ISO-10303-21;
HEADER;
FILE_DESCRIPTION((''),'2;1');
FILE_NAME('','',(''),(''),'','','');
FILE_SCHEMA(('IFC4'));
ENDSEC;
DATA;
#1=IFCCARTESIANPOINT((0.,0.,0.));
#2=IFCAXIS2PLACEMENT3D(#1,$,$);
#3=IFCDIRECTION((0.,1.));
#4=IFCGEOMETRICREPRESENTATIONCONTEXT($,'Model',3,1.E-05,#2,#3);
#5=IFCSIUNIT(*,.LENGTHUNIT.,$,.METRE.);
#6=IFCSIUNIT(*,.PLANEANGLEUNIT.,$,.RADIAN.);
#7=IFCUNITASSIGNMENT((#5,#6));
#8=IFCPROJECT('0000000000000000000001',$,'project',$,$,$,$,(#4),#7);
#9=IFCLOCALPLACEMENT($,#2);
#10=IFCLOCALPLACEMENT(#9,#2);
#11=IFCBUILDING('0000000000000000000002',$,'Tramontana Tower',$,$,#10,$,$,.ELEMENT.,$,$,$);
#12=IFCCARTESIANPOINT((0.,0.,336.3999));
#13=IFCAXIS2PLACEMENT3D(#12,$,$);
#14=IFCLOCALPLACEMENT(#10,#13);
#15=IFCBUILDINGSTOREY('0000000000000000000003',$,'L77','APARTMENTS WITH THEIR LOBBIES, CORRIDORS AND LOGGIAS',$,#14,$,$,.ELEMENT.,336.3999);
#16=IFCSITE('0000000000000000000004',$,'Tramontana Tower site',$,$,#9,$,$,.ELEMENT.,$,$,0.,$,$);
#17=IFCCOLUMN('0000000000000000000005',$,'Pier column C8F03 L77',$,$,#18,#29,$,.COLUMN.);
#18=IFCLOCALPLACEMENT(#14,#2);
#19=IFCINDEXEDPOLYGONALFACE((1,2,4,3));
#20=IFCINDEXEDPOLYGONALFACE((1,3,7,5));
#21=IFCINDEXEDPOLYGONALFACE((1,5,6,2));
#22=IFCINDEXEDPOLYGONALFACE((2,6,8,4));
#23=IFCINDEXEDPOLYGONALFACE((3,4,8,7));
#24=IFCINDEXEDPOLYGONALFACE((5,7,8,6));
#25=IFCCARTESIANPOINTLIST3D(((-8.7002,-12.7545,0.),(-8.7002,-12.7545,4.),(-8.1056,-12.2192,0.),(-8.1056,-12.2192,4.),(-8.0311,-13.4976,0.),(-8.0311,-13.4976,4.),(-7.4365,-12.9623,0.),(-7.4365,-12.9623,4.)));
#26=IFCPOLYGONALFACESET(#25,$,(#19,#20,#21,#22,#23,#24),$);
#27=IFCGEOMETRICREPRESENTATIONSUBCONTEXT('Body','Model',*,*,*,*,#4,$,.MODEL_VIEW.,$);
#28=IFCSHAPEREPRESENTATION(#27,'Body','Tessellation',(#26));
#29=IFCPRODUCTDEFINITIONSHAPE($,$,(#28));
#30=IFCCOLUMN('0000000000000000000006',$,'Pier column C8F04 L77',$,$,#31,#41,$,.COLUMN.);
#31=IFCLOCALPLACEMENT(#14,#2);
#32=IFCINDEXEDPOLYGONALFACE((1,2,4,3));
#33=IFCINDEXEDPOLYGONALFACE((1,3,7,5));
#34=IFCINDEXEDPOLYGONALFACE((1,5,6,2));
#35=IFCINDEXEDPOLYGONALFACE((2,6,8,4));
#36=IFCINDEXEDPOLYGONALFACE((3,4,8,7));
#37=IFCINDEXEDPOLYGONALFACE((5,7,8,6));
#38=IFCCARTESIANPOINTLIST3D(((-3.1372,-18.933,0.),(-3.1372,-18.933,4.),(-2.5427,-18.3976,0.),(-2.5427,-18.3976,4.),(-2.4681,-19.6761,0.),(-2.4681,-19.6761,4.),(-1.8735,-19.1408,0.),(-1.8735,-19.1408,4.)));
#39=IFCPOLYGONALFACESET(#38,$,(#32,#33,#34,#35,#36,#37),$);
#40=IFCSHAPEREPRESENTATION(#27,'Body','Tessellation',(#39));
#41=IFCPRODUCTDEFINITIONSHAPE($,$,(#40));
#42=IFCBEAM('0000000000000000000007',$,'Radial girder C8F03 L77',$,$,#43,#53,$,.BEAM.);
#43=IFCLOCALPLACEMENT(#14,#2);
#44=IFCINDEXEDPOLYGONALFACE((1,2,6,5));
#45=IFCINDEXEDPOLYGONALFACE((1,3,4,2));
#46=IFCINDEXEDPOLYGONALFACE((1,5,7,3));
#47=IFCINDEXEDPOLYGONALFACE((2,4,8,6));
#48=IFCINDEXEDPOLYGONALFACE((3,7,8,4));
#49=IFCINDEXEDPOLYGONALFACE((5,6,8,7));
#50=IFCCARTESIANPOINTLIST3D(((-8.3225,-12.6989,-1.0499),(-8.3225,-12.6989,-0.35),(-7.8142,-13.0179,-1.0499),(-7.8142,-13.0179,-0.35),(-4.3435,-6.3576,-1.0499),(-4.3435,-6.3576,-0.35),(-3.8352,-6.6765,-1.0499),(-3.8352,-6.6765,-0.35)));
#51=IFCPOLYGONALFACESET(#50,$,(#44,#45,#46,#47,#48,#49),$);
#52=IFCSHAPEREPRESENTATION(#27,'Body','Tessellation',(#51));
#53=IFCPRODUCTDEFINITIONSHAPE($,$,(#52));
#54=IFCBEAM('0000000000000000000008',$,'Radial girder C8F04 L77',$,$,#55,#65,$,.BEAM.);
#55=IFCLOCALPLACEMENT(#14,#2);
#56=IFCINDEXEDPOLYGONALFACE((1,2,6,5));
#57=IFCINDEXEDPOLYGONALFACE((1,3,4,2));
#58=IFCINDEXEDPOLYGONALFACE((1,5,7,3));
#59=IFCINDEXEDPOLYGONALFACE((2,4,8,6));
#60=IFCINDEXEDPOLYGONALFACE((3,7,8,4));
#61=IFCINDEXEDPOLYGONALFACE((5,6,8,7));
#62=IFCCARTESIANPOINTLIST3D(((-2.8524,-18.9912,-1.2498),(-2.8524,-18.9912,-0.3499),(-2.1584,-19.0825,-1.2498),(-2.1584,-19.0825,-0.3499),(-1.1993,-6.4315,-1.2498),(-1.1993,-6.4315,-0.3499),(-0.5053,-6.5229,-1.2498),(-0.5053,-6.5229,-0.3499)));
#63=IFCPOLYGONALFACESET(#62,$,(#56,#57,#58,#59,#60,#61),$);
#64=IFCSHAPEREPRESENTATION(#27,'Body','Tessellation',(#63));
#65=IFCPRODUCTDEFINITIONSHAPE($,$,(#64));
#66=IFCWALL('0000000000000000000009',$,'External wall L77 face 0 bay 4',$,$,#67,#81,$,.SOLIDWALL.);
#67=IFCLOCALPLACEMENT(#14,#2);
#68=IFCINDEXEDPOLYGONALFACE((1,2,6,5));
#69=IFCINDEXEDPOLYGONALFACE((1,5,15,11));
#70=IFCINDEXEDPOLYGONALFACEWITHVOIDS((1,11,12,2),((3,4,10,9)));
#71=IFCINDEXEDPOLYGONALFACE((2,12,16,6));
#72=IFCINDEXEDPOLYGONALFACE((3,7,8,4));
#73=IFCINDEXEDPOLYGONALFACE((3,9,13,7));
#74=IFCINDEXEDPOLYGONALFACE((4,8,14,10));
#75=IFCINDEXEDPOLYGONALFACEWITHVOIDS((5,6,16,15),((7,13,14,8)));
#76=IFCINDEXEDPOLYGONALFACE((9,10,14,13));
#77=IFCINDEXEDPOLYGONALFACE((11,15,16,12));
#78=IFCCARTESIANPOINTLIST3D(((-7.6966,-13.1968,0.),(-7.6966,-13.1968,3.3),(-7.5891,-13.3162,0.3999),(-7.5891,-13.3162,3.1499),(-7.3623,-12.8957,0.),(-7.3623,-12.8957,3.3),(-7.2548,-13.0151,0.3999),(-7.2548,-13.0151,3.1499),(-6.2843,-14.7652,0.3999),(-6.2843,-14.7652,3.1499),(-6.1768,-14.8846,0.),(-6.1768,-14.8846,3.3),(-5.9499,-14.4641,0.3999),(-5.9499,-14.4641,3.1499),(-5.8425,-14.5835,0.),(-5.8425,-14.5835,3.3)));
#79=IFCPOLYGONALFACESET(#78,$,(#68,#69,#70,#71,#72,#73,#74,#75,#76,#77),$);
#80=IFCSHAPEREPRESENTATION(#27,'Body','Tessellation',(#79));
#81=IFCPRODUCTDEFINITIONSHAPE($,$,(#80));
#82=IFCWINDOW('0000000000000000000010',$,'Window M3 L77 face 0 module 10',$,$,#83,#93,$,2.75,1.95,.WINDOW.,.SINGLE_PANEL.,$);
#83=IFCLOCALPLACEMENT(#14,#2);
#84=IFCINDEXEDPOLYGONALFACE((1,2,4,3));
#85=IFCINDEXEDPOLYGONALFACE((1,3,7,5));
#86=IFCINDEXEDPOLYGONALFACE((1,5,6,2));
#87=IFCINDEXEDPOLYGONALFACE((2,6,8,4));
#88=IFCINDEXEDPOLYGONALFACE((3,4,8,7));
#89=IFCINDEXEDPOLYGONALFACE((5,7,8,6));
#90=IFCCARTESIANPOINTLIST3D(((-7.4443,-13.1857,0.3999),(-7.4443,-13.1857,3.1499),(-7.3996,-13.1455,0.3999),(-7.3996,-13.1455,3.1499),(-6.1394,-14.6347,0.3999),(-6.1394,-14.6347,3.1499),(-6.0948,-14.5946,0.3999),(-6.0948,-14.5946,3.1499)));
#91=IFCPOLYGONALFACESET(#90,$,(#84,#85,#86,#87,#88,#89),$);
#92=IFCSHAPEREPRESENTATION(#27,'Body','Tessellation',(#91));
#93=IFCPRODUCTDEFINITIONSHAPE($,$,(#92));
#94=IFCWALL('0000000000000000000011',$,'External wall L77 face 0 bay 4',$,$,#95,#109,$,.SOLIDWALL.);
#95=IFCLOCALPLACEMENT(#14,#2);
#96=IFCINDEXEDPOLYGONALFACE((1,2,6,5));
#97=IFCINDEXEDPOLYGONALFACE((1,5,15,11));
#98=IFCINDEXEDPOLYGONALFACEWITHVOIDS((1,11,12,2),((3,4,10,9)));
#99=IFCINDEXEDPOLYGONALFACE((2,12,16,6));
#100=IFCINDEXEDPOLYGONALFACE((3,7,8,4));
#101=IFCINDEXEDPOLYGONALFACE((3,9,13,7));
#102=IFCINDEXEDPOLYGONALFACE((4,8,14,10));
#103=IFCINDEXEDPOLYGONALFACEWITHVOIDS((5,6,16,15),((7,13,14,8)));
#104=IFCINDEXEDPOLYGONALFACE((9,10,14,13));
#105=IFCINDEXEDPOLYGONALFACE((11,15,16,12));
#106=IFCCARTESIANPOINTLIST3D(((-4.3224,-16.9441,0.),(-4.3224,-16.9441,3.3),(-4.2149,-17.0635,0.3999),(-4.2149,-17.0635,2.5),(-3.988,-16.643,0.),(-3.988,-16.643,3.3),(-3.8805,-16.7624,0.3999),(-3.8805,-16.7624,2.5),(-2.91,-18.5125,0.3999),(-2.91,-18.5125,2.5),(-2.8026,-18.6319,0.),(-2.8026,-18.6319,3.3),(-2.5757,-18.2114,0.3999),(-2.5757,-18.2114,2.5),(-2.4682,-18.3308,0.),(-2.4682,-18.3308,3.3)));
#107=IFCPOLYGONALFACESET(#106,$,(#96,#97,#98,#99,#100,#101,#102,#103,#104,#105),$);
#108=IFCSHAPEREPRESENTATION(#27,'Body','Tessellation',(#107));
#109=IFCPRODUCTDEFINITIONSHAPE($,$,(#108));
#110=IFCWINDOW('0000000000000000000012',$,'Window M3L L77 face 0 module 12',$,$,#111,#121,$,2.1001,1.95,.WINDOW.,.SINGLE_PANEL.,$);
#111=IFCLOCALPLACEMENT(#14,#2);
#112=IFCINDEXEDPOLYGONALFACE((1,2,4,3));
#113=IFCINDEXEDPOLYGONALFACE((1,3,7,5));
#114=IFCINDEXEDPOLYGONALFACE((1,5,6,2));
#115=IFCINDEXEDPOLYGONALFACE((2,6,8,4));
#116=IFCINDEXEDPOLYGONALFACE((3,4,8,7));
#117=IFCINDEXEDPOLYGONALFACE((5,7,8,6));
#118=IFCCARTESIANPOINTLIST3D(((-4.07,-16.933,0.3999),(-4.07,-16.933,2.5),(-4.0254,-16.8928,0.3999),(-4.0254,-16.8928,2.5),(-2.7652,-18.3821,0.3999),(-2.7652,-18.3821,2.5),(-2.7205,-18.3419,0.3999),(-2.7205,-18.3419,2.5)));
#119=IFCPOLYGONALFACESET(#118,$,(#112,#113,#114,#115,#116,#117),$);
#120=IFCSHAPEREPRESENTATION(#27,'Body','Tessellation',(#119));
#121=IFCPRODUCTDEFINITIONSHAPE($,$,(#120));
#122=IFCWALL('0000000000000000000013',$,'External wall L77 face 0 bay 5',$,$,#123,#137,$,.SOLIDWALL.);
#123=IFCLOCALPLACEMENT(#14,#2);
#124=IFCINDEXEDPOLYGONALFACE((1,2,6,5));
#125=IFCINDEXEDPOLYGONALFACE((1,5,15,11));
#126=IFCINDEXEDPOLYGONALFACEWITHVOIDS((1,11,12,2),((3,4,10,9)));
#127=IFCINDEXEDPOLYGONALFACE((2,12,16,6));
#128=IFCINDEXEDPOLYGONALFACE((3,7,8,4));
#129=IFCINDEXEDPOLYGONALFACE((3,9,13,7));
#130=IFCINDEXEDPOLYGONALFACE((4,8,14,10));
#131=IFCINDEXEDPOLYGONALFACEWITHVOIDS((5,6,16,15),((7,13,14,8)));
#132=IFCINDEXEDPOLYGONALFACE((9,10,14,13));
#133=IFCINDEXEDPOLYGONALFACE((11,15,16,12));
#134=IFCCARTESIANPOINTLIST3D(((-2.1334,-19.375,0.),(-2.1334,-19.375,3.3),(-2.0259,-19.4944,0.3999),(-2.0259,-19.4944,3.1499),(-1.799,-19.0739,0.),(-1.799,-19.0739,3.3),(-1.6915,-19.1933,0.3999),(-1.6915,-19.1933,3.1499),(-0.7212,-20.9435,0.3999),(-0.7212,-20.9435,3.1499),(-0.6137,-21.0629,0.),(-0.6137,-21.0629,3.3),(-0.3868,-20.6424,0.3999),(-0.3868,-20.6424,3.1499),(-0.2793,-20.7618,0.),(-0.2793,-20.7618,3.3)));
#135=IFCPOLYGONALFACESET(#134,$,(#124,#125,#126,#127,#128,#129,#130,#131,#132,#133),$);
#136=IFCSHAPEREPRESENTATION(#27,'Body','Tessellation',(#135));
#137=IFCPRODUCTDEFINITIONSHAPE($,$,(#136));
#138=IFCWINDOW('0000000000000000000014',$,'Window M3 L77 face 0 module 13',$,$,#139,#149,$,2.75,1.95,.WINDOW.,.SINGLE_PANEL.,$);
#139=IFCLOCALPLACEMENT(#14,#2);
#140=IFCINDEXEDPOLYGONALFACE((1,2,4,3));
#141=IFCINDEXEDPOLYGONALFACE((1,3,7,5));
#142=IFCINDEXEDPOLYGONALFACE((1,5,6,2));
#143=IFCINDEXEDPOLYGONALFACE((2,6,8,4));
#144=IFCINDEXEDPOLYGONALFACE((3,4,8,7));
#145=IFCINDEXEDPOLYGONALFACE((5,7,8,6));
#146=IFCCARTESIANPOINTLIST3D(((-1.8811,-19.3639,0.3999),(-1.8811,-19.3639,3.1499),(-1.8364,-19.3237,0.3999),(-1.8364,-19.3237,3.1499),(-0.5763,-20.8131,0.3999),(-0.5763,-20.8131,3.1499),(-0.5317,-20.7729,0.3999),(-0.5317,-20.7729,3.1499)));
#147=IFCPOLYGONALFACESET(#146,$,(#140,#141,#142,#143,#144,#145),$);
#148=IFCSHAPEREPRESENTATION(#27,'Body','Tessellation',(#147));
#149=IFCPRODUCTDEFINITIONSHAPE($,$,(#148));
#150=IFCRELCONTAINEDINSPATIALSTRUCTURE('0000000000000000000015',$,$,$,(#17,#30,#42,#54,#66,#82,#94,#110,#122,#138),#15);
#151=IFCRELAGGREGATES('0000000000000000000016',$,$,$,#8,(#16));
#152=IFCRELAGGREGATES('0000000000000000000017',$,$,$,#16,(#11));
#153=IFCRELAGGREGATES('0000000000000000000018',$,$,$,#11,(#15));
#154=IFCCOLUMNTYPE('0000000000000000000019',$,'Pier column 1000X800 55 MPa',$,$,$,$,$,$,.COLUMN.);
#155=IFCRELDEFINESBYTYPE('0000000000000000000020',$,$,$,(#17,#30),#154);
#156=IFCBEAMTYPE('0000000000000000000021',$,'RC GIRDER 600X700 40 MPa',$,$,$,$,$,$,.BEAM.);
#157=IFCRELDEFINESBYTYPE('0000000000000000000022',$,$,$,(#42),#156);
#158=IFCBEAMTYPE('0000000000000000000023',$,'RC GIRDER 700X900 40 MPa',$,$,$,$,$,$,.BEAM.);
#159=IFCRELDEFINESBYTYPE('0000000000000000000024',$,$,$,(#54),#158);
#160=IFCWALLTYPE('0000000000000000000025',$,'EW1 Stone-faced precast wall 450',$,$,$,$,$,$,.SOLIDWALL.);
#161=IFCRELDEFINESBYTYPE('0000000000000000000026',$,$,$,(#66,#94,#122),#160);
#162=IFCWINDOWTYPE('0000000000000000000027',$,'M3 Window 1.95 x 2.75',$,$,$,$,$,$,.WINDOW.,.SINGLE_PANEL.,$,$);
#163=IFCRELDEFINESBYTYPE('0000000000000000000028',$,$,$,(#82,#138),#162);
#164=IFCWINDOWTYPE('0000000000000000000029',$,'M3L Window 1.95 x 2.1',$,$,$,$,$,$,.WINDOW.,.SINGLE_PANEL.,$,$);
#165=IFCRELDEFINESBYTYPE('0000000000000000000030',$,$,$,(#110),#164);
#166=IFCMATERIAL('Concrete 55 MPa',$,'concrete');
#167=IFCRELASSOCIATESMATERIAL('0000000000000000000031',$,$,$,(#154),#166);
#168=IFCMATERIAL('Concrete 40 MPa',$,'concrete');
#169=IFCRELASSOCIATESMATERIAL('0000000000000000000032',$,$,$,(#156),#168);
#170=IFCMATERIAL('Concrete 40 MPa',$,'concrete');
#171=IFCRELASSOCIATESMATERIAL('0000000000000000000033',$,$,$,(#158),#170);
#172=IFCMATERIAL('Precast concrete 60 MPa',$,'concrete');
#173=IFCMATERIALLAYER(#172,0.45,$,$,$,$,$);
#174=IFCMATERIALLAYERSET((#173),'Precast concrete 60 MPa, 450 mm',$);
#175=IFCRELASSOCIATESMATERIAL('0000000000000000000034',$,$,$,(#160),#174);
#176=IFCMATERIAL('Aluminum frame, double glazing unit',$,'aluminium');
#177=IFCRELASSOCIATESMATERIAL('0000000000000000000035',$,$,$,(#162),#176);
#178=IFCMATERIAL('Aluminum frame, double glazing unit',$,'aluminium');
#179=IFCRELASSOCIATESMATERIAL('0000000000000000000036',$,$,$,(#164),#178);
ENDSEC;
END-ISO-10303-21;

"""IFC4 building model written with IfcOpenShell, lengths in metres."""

from ifc_helpers import new_model, si_unit, direction, frame, frame_2d, origin, origin_2d, place, context, subcontext, project, spatial, rectangle, extrude, material, layer, layer_set, material_profile, profile_set, type_object, element, fill, save


model = new_model("IFC4")

# Units and contexts
model_context = context("Model", 3, precision=1e-05, world=origin(), true_north=direction((0.0, 1.0)))
body_context = subcontext(model_context, "Body", "Model", "MODEL_VIEW")
ifc_project = project(units=[si_unit("LENGTHUNIT", "METRE"), si_unit("PLANEANGLEUNIT", "RADIAN")], contexts=[model_context])

# Site, building, storey
site_placement = place(None, origin())
site = spatial("IfcSite", under=ifc_project, at=site_placement, Name="Tramontana Tower site", CompositionType="ELEMENT", RefElevation=0.0)
building_placement = place(site_placement, origin())
building = spatial("IfcBuilding", under=site, at=building_placement, Name="Tramontana Tower", CompositionType="ELEMENT")
storey_placement = place(building_placement, frame((0.0, 0.0, 336.3999)))
storey = spatial("IfcBuildingStorey", under=building, at=storey_placement, Name="L77", Description="APARTMENTS WITH THEIR LOBBIES, CORRIDORS AND LOGGIAS", CompositionType="ELEMENT", Elevation=336.3999)

# Columns
ifc_material_1 = material(Name="Concrete 55 MPa", Category="concrete")
ifc_material_profile_1 = material_profile(ifc_material_1, rectangle(XDim=1.0, YDim=0.8, at=origin_2d()), Name="Pier column 1000X800 55 MPa")
ifc_profile_set_1 = profile_set([ifc_material_profile_1], Name="Concrete 55 MPa")
column_type = type_object("IfcColumnType", Name="Pier column 1000X800 55 MPa", PredefinedType="COLUMN", material=ifc_profile_set_1)
for number, where, z_axis, x_axis, name in (
    (1, (-8.0684, -12.8584, 0.0), (0.0, 0.0, 1.0), (0.669131, -0.743145, 0.0), "Pier column C8F03 L77"),
    (2, (-2.5054, -19.0369, 0.0), (0.0, 0.0, 1.0), (0.669131, -0.743145, 0.0), "Pier column C8F04 L77"),
):
    element("IfcColumn", number, at=place(storey_placement, frame(where, z_axis=z_axis, x_axis=x_axis)), inside=storey, type_object=column_type, Name=name, PredefinedType="COLUMN", context=body_context, shape_type="SweptSolid", body=[
        extrude(rectangle(XDim=1.0, YDim=0.8, at=origin_2d()), origin(), (0.0, 0.0, 1.0), 4.0),
    ])

# Beams
ifc_material_2 = material(Name="Concrete 40 MPa", Category="concrete")
ifc_material_profile_2 = material_profile(ifc_material_2, rectangle(XDim=0.6001, YDim=0.7, at=origin_2d()), Name="RC GIRDER 600X700 40 MPa")
ifc_profile_set_2 = profile_set([ifc_material_profile_2], Name="Concrete 40 MPa")
beam_type_1 = type_object("IfcBeamType", Name="RC GIRDER 600X700 40 MPa", PredefinedType="BEAM", material=ifc_profile_set_2)
beam_1_placement = place(storey_placement, frame((-8.0684, -12.8584, -0.7), z_axis=(0.531505, 0.847055, 0.0), x_axis=(-0.847055, 0.531505, 0.0)))
element("IfcBeam", 3, at=beam_1_placement, inside=storey, type_object=beam_type_1, Name="Radial girder C8F03 L77", PredefinedType="BEAM", context=body_context, shape_type="SweptSolid", body=[
    extrude(rectangle(XDim=0.6001, YDim=0.7, at=origin_2d()), origin(), (0.0, 0.0, 1.0), 7.4863),
])
ifc_material_3 = material(Name="Concrete 40 MPa", Category="concrete")
ifc_material_profile_3 = material_profile(ifc_material_3, rectangle(XDim=0.7, YDim=0.8999, at=origin_2d()), Name="RC GIRDER 700X900 40 MPa")
ifc_profile_set_3 = profile_set([ifc_material_profile_3], Name="Concrete 40 MPa")
beam_type_2 = type_object("IfcBeamType", Name="RC GIRDER 700X900 40 MPa", PredefinedType="BEAM", material=ifc_profile_set_3)
beam_2_placement = place(storey_placement, frame((-2.5054, -19.0369, -0.7998), z_axis=(0.130493, 0.991449, 0.0), x_axis=(-0.991449, 0.130493, 0.0)))
element("IfcBeam", 4, at=beam_2_placement, inside=storey, type_object=beam_type_2, Name="Radial girder C8F04 L77", PredefinedType="BEAM", context=body_context, shape_type="SweptSolid", body=[
    extrude(rectangle(XDim=0.7, YDim=0.8999, at=origin_2d()), origin(), (0.0, 0.0, 1.0), 12.668),
])

# Walls, openings, windows
ifc_material_4 = material(Name="Precast concrete 60 MPa", Category="concrete")
ifc_layer_1 = layer(ifc_material_4, 0.45)
ifc_layer_set_1 = layer_set([ifc_layer_1], Name="Precast concrete 60 MPa, 450 mm")
wall_type_1 = type_object("IfcWallType", Name="EW1 Stone-faced precast wall 450", PredefinedType="SOLIDWALL", material=ifc_layer_set_1)
wall_1_placement = place(storey_placement, frame((-7.5295, -13.0461, 0.0), z_axis=(0.0, 0.0, 1.0), x_axis=(0.669161, -0.743118, 0.0)))
wall_1 = element("IfcWall", 5, at=wall_1_placement, inside=storey, type_object=wall_type_1, Name="External wall L77 face 0 bay 4", PredefinedType="SOLIDWALL", context=body_context, shape_type="SweptSolid", body=[
    extrude(rectangle(XDim=2.2712, YDim=0.45, at=frame_2d((1.1357, 0.0))), origin(), (0.0, 0.0, 1.0), 3.3),
])
opening_1_placement = place(wall_1_placement, frame((0.1606, 0.0, 0.3999)))
opening_1 = element("IfcOpeningElement", 6, at=opening_1_placement, cuts=wall_1, PredefinedType="OPENING", context=body_context, shape_type="SweptSolid", body=[
    extrude(rectangle(XDim=1.95, YDim=2.75, at=frame_2d((0.9751, 1.375))), frame((0.0, 0.2349, 0.0), z_axis=(0.0, -1.0, 0.0), x_axis=(1.0, 0.0, 0.0)), (0.0, 0.0, 1.0), 0.47),
])
ifc_material_5 = material(Name="Aluminum frame, double glazing unit", Category="aluminium")
window_type_1 = type_object("IfcWindowType", Name="M3 Window 1.95 x 2.75", PartitioningType="SINGLE_PANEL", PredefinedType="WINDOW", material=ifc_material_5)
window_1_placement = place(opening_1_placement, origin())
window_1 = element("IfcWindow", 7, at=window_1_placement, inside=storey, type_object=window_type_1, Name="Window M3 L77 face 0 module 10", OverallHeight=2.75, OverallWidth=1.95, PartitioningType="SINGLE_PANEL", PredefinedType="WINDOW", context=body_context, shape_type="SweptSolid", body=[
    extrude(rectangle(XDim=1.95, YDim=2.75, at=frame_2d((0.9751, 1.375))), frame((0.0, 0.03, 0.0), z_axis=(0.0, -1.0, 0.0), x_axis=(1.0, 0.0, 0.0)), (0.0, 0.0, 1.0), 0.0601),
])
fill(opening_1, window_1)
wall_2_placement = place(storey_placement, frame((-4.1553, -16.7935, 0.0), z_axis=(0.0, 0.0, 1.0), x_axis=(0.669161, -0.743118, 0.0)))
wall_2 = element("IfcWall", 8, at=wall_2_placement, inside=storey, type_object=wall_type_1, Name="External wall L77 face 0 bay 4", PredefinedType="SOLIDWALL", context=body_context, shape_type="SweptSolid", body=[
    extrude(rectangle(XDim=2.2712, YDim=0.45, at=frame_2d((1.1357, 0.0))), origin(), (0.0, 0.0, 1.0), 3.3),
])
opening_2_placement = place(wall_2_placement, frame((0.1606, 0.0, 0.3999)))
opening_2 = element("IfcOpeningElement", 9, at=opening_2_placement, cuts=wall_2, PredefinedType="OPENING", context=body_context, shape_type="SweptSolid", body=[
    extrude(rectangle(XDim=1.95, YDim=2.1001, at=frame_2d((0.9751, 1.05))), frame((0.0, 0.2349, 0.0), z_axis=(0.0, -1.0, 0.0), x_axis=(1.0, 0.0, 0.0)), (0.0, 0.0, 1.0), 0.47),
])
ifc_material_6 = material(Name="Aluminum frame, double glazing unit", Category="aluminium")
window_type_2 = type_object("IfcWindowType", Name="M3L Window 1.95 x 2.1", PartitioningType="SINGLE_PANEL", PredefinedType="WINDOW", material=ifc_material_6)
window_2_placement = place(opening_2_placement, origin())
window_2 = element("IfcWindow", 10, at=window_2_placement, inside=storey, type_object=window_type_2, Name="Window M3L L77 face 0 module 12", OverallHeight=2.1001, OverallWidth=1.95, PartitioningType="SINGLE_PANEL", PredefinedType="WINDOW", context=body_context, shape_type="SweptSolid", body=[
    extrude(rectangle(XDim=1.95, YDim=2.1001, at=frame_2d((0.9751, 1.05))), frame((0.0, 0.03, 0.0), z_axis=(0.0, -1.0, 0.0), x_axis=(1.0, 0.0, 0.0)), (0.0, 0.0, 1.0), 0.0601),
])
fill(opening_2, window_2)
wall_3_placement = place(storey_placement, frame((-1.9663, -19.2244, 0.0), z_axis=(0.0, 0.0, 1.0), x_axis=(0.669107, -0.743166, 0.0)))
wall_3 = element("IfcWall", 11, at=wall_3_placement, inside=storey, type_object=wall_type_1, Name="External wall L77 face 0 bay 5", PredefinedType="SOLIDWALL", context=body_context, shape_type="SweptSolid", body=[
    extrude(rectangle(XDim=2.2712, YDim=0.45, at=frame_2d((1.1357, 0.0))), origin(), (0.0, 0.0, 1.0), 3.3),
])
opening_3_placement = place(wall_3_placement, frame((0.1606, 0.0, 0.3999)))
opening_3 = element("IfcOpeningElement", 12, at=opening_3_placement, cuts=wall_3, PredefinedType="OPENING", context=body_context, shape_type="SweptSolid", body=[
    extrude(rectangle(XDim=1.95, YDim=2.75, at=frame_2d((0.9751, 1.375))), frame((0.0, 0.2349, 0.0), z_axis=(0.0, -1.0, 0.0), x_axis=(1.0, 0.0, 0.0)), (0.0, 0.0, 1.0), 0.47),
])
window_3_placement = place(opening_3_placement, origin())
window_3 = element("IfcWindow", 13, at=window_3_placement, inside=storey, type_object=window_type_1, Name="Window M3 L77 face 0 module 13", OverallHeight=2.75, OverallWidth=1.95, PartitioningType="SINGLE_PANEL", PredefinedType="WINDOW", context=body_context, shape_type="SweptSolid", body=[
    extrude(rectangle(XDim=1.95, YDim=2.75, at=frame_2d((0.9751, 1.375))), frame((0.0, 0.03, 0.0), z_axis=(0.0, -1.0, 0.0), x_axis=(1.0, 0.0, 0.0)), (0.0, 0.0, 1.0), 0.0601),
])
fill(opening_3, window_3)

save(model, "model.ifc")
